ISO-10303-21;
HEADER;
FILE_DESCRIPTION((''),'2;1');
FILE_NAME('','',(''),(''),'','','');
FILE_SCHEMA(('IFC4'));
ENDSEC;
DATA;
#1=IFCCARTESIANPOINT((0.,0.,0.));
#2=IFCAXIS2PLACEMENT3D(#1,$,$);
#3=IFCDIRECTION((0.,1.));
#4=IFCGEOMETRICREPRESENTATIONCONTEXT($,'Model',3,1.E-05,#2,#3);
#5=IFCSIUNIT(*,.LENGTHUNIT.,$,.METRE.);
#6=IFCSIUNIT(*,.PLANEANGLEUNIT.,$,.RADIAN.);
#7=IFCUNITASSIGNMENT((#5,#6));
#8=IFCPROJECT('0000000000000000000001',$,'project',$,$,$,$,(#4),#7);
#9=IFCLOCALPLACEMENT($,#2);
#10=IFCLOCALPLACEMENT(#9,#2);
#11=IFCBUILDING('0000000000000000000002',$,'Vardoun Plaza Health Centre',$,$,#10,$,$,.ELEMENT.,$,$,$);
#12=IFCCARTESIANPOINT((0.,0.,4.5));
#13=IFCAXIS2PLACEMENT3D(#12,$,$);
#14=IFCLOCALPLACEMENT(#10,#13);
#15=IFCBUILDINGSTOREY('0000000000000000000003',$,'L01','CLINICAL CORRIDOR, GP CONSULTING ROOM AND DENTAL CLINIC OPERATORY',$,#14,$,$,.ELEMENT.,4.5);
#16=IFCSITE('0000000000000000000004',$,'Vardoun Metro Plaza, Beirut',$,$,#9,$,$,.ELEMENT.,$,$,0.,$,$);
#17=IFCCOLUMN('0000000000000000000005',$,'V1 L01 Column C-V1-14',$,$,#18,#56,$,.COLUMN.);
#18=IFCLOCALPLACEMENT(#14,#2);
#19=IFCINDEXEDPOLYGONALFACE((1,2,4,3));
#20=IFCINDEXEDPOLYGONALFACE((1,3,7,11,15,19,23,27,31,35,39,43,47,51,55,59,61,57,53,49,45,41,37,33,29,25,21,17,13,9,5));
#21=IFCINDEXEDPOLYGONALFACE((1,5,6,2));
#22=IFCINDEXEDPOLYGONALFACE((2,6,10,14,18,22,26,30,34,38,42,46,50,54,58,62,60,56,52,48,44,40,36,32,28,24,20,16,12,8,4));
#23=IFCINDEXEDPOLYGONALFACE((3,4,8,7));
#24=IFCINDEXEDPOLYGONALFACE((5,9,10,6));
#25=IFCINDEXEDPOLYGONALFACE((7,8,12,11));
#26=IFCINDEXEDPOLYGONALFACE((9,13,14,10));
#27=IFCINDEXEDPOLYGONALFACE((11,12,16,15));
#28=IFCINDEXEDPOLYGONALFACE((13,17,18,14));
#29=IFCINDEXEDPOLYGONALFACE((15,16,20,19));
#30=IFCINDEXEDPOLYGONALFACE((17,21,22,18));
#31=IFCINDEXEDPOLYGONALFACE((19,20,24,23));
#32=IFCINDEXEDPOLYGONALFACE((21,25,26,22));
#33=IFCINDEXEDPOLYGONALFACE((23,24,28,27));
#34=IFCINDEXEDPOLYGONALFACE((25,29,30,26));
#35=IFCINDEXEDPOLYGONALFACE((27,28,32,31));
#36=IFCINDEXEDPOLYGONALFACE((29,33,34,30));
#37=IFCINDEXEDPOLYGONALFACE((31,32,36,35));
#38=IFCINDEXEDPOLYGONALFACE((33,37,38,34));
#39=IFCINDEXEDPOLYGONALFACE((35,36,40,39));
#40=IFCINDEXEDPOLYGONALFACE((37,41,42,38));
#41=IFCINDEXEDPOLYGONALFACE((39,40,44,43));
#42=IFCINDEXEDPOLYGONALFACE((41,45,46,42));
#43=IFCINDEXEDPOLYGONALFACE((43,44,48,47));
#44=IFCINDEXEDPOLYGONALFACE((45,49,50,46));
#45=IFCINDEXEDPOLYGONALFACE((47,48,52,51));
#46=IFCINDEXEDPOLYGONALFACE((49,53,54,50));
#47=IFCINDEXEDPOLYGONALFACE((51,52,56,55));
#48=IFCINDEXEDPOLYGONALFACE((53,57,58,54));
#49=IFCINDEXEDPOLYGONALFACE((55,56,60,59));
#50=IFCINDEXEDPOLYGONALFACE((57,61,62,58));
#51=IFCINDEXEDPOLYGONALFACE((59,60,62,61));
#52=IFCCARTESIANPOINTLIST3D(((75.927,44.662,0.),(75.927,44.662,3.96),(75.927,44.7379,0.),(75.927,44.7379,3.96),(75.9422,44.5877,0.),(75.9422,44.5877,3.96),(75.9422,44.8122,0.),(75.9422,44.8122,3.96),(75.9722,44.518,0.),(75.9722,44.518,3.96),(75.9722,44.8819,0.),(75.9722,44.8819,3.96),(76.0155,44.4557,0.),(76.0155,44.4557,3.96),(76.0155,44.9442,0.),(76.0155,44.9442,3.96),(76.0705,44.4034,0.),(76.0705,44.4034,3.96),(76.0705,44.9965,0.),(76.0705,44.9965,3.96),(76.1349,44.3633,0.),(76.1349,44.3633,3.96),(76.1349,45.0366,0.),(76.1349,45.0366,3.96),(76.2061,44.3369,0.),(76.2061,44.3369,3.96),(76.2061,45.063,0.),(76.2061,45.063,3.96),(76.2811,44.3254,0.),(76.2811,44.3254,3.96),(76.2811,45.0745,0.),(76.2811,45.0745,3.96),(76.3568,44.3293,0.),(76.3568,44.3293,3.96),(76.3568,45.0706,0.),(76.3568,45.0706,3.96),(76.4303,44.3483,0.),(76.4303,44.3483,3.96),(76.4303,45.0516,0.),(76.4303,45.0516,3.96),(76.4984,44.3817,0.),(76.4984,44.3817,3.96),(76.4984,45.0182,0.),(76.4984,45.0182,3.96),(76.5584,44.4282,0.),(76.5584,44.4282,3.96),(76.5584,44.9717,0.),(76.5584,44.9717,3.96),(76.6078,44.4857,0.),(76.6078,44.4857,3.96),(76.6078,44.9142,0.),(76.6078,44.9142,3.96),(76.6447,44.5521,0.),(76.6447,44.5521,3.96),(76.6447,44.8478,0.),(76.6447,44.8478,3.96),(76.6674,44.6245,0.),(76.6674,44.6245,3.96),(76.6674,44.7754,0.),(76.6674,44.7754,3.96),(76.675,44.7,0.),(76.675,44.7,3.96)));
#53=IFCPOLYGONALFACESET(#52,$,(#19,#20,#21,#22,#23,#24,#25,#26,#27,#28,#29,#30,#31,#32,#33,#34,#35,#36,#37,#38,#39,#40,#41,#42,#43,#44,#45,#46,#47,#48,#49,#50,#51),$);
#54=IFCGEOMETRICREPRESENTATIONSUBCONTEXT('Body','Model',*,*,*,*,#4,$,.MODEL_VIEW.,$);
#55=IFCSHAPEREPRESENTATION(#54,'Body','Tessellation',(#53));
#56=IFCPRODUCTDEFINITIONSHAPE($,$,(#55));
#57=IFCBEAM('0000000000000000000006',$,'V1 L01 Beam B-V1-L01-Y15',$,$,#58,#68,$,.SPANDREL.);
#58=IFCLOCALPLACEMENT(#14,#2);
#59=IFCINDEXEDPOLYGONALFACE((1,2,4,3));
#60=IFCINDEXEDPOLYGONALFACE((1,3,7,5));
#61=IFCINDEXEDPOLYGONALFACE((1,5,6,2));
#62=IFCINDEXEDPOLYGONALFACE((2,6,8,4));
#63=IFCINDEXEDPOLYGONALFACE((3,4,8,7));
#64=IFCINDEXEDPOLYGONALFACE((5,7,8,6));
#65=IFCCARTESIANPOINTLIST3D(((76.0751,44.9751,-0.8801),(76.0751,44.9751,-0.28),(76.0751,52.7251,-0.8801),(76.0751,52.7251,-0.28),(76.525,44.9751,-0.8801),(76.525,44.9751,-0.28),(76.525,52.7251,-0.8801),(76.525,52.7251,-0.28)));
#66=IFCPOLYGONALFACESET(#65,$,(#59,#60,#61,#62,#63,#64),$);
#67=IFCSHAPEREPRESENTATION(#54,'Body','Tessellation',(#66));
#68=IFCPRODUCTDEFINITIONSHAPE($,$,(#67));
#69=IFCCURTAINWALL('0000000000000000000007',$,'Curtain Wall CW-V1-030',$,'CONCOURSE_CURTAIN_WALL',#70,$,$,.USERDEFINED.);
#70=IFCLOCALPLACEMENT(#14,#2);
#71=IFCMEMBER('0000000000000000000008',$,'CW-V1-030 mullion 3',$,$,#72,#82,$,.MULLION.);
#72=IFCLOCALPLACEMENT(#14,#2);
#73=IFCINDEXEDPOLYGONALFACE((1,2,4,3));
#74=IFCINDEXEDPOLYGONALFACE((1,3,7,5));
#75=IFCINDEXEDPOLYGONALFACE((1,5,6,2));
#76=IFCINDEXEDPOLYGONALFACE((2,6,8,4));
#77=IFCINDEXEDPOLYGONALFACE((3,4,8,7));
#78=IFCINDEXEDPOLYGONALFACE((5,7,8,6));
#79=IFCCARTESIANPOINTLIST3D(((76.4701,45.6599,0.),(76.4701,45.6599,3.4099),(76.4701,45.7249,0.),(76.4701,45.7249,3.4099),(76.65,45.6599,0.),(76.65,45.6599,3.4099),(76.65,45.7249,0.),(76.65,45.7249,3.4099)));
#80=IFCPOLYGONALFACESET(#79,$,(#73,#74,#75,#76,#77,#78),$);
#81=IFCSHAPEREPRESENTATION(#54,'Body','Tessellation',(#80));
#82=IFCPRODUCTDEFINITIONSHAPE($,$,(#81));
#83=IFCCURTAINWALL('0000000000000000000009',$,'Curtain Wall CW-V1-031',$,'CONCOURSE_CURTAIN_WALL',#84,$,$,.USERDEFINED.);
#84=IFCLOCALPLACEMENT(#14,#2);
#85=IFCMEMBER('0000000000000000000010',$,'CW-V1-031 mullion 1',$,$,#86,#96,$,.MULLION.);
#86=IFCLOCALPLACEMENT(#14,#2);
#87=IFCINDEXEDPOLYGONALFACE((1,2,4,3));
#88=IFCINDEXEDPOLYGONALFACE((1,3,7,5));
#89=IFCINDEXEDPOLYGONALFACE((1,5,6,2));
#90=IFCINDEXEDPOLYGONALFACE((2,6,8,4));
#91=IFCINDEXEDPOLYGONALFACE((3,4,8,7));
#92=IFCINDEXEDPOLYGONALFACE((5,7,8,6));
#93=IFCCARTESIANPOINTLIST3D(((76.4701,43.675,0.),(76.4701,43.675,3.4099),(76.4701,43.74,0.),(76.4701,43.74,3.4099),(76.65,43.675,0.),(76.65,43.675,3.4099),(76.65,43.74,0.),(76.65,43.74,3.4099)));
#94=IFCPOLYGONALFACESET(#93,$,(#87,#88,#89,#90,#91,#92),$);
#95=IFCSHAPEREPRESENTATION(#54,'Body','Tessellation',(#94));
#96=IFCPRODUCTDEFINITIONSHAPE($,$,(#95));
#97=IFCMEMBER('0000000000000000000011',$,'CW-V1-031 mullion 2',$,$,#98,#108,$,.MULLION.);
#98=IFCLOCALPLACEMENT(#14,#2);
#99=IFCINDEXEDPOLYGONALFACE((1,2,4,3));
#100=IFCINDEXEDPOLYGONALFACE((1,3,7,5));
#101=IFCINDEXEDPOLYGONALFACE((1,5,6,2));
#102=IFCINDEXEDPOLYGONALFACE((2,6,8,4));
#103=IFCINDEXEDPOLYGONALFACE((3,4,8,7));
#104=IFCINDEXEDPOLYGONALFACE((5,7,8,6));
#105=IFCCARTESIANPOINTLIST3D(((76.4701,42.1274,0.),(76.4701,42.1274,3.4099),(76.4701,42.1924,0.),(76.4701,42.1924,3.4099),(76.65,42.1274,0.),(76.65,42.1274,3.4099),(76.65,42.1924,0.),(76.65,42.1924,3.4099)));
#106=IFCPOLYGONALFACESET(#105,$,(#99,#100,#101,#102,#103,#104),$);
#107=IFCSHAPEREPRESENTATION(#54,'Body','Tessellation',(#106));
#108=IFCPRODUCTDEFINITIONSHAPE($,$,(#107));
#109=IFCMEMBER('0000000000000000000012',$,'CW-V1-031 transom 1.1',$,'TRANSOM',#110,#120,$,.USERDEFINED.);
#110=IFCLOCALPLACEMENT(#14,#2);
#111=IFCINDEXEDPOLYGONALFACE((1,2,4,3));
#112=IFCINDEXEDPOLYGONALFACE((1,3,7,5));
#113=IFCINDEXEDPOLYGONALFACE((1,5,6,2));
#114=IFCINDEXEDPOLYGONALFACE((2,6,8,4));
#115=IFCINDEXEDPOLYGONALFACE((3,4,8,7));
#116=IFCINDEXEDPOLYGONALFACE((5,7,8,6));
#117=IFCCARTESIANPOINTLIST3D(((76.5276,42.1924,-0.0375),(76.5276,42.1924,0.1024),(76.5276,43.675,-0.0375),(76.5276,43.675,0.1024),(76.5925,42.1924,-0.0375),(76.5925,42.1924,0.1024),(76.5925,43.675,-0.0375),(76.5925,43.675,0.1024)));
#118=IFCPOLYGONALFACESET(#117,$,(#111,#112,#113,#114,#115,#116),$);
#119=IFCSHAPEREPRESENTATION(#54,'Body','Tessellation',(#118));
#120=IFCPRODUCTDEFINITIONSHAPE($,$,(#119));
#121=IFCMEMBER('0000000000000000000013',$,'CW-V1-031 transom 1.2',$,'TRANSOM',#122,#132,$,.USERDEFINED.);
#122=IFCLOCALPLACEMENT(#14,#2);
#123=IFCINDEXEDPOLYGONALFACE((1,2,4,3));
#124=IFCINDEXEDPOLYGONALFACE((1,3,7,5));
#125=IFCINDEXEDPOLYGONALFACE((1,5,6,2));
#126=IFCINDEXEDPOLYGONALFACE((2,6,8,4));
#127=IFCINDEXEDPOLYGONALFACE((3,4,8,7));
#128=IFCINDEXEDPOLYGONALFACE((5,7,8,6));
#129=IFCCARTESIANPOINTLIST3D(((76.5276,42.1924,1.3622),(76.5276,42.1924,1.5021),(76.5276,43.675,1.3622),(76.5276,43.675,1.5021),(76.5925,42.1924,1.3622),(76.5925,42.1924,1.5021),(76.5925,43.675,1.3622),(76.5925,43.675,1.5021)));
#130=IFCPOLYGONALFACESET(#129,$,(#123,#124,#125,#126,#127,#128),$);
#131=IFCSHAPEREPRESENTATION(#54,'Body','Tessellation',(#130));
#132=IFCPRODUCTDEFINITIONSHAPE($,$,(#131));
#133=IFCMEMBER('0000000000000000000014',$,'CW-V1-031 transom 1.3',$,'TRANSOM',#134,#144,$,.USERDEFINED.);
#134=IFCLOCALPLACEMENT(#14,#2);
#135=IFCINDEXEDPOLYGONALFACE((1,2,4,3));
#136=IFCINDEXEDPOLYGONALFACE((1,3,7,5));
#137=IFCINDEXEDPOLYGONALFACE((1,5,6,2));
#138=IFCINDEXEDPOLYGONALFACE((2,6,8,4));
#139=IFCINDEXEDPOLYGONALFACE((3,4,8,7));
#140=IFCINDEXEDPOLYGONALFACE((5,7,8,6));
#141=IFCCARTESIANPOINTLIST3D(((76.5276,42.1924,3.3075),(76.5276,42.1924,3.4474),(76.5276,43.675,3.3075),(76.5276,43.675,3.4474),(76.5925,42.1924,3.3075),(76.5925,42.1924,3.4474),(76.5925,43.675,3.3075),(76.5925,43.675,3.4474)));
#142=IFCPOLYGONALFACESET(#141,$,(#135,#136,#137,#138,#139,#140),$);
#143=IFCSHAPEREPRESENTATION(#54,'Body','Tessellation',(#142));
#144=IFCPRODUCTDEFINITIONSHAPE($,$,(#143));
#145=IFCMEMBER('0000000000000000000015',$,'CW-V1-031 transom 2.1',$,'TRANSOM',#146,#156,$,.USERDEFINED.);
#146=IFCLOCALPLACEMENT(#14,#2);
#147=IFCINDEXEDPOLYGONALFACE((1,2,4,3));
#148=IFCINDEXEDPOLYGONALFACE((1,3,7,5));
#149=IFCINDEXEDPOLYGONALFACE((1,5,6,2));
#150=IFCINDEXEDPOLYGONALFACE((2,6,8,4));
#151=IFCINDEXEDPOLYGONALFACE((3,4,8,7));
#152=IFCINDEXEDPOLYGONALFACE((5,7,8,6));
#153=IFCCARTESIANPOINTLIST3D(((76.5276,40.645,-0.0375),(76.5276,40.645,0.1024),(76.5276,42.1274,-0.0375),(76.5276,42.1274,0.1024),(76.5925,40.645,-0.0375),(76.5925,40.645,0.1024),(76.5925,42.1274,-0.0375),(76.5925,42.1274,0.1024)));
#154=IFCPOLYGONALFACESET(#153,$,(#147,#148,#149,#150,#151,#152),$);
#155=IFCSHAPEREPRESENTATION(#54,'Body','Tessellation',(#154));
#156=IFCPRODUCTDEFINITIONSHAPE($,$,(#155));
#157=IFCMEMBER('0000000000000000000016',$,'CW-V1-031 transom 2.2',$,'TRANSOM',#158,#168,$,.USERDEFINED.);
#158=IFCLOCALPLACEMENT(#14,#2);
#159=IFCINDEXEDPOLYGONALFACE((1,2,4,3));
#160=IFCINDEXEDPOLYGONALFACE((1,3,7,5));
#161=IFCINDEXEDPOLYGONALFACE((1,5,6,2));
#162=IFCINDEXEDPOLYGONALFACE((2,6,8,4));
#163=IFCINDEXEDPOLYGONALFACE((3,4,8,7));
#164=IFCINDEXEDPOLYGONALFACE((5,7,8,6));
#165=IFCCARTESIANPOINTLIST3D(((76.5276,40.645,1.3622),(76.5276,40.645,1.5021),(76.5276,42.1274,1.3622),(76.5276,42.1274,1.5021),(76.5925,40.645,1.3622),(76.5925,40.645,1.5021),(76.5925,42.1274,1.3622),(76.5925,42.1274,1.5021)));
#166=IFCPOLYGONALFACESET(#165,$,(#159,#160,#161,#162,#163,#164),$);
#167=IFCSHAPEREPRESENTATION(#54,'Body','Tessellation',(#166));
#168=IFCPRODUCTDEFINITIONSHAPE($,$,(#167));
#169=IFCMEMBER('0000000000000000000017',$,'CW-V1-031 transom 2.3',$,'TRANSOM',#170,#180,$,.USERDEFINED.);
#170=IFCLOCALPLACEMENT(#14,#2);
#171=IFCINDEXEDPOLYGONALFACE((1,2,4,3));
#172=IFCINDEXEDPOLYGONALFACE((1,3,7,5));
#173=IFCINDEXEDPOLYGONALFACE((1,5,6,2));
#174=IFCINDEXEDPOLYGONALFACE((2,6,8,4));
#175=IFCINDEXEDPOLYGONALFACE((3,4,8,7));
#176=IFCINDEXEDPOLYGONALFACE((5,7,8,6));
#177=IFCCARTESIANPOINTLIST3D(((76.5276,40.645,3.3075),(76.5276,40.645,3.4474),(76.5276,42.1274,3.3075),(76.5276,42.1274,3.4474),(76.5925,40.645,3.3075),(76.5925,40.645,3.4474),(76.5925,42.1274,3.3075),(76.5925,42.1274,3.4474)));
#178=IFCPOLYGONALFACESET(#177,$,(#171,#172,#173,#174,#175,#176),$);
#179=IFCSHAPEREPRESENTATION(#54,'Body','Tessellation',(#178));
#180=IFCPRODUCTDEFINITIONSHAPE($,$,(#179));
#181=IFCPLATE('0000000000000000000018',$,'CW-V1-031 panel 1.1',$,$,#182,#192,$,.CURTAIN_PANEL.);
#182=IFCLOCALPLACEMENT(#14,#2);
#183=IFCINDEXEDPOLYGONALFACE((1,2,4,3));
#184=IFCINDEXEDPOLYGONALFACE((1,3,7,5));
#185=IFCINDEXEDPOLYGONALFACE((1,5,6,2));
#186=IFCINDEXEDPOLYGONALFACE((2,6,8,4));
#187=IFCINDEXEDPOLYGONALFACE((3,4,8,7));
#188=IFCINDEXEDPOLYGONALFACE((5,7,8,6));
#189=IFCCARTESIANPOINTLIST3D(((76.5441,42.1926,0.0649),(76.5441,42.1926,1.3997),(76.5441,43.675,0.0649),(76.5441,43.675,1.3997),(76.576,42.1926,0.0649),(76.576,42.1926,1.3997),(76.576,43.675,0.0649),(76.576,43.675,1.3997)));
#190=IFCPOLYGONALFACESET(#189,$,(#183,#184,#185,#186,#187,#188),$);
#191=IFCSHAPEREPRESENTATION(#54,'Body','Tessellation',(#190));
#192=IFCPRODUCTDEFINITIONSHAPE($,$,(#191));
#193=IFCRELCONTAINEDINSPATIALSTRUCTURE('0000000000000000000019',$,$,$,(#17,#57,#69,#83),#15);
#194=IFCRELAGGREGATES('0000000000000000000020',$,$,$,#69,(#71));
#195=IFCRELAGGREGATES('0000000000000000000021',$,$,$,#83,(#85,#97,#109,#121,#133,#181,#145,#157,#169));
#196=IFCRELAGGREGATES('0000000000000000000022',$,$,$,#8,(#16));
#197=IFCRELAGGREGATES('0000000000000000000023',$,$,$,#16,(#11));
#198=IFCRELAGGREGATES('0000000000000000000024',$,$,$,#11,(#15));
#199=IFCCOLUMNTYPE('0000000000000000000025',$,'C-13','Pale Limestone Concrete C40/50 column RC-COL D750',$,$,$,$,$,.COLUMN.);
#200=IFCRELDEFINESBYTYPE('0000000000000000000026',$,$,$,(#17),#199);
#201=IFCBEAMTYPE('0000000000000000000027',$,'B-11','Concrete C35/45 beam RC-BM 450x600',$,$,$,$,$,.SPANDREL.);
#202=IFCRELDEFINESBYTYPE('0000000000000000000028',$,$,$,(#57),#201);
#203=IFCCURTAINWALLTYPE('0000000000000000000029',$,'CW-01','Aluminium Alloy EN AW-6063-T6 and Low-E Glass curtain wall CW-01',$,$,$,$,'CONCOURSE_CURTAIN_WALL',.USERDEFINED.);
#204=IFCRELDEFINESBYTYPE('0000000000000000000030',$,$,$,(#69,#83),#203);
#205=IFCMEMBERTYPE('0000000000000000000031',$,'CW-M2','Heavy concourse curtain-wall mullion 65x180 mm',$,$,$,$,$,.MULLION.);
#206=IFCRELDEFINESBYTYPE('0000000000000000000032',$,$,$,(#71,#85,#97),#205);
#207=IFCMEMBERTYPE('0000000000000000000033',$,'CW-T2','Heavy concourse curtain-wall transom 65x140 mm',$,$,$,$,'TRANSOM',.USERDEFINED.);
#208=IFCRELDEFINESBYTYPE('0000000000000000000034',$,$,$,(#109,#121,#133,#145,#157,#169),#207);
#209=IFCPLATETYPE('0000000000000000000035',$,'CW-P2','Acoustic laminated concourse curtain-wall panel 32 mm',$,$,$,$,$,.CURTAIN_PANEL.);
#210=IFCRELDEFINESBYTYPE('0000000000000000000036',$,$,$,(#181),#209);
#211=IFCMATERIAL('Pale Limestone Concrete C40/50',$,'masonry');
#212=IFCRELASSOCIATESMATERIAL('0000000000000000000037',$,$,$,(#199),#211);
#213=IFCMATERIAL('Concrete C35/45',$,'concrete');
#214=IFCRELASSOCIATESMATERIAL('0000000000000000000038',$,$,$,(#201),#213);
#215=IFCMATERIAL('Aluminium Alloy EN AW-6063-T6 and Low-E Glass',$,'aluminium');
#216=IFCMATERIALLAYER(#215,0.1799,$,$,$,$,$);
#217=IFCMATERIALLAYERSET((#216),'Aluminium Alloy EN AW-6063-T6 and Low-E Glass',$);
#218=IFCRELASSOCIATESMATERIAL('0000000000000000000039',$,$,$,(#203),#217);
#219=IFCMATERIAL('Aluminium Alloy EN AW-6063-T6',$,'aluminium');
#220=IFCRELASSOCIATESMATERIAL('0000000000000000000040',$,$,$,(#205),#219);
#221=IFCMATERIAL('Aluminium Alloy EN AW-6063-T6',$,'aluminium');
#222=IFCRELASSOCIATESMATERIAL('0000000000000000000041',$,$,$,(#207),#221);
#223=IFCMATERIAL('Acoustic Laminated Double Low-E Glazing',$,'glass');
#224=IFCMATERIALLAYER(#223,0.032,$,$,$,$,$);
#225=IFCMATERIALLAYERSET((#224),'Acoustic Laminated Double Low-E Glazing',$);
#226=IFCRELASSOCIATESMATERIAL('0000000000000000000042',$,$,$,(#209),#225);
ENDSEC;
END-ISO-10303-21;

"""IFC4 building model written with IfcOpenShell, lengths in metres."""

from ifc_helpers import new_model, si_unit, direction, frame, origin, origin_2d, place, context, subcontext, project, spatial, rectangle, circle, extrude, material, layer, layer_set, material_profile, profile_set, type_object, element, aggregate, save


model = new_model("IFC4")

# Units and contexts
model_context = context("Model", 3, precision=1e-05, world=origin(), true_north=direction((0.0, 1.0)))
body_context = subcontext(model_context, "Body", "Model", "MODEL_VIEW")
ifc_project = project(units=[si_unit("LENGTHUNIT", "METRE"), si_unit("PLANEANGLEUNIT", "RADIAN")], contexts=[model_context])

# Site, building, storey
site_placement = place(None, origin())
site = spatial("IfcSite", under=ifc_project, at=site_placement, Name="Vardoun Metro Plaza, Beirut", CompositionType="ELEMENT", RefElevation=0.0)
building_placement = place(site_placement, origin())
building = spatial("IfcBuilding", under=site, at=building_placement, Name="Vardoun Plaza Health Centre", CompositionType="ELEMENT")
storey_placement = place(building_placement, frame((0.0, 0.0, 4.5)))
storey = spatial("IfcBuildingStorey", under=building, at=storey_placement, Name="L01", Description="CLINICAL CORRIDOR, GP CONSULTING ROOM AND DENTAL CLINIC OPERATORY", CompositionType="ELEMENT", Elevation=4.5)

# Column
ifc_material_1 = material(Name="Pale Limestone Concrete C40/50", Category="masonry")
ifc_material_profile_1 = material_profile(ifc_material_1, circle(Radius=0.375, at=origin_2d()), Name="RC-COL D750")
ifc_profile_set_1 = profile_set([ifc_material_profile_1], Name="Pale Limestone Concrete C40/50")
column_type = type_object("IfcColumnType", Name="C-13", Description="Pale Limestone Concrete C40/50 column RC-COL D750", PredefinedType="COLUMN", material=ifc_profile_set_1)
column_placement = place(storey_placement, frame((76.3, 44.7, 0.0), z_axis=(0.0, 0.0, 1.0), x_axis=(1.0, 0.0, 0.0)))
element("IfcColumn", 1, at=column_placement, inside=storey, type_object=column_type, Name="V1 L01 Column C-V1-14", PredefinedType="COLUMN", context=body_context, shape_type="SweptSolid", body=[
    extrude(circle(Radius=0.375, at=origin_2d()), origin(), (0.0, 0.0, 1.0), 3.96),
])

# Beam
ifc_material_2 = material(Name="Concrete C35/45", Category="concrete")
ifc_material_profile_2 = material_profile(ifc_material_2, rectangle(XDim=0.45, YDim=0.6001, at=origin_2d()), Name="RC-BM 450x600")
ifc_profile_set_2 = profile_set([ifc_material_profile_2], Name="Concrete C35/45")
beam_type = type_object("IfcBeamType", Name="B-11", Description="Concrete C35/45 beam RC-BM 450x600", PredefinedType="SPANDREL", material=ifc_profile_set_2)
beam_placement = place(storey_placement, frame((76.3, 44.9751, -0.5801), z_axis=(0.0, 1.0, 0.0), x_axis=(-1.0, 0.0, 0.0)))
element("IfcBeam", 2, at=beam_placement, inside=storey, type_object=beam_type, Name="V1 L01 Beam B-V1-L01-Y15", PredefinedType="SPANDREL", context=body_context, shape_type="SweptSolid", body=[
    extrude(rectangle(XDim=0.45, YDim=0.6001, at=origin_2d()), origin(), (0.0, 0.0, 1.0), 7.75),
])

# Curtain wall, member
ifc_material_3 = material(Name="Aluminium Alloy EN AW-6063-T6 and Low-E Glass", Category="aluminium")
ifc_layer_1 = layer(ifc_material_3, 0.1799)
ifc_layer_set_1 = layer_set([ifc_layer_1], Name="Aluminium Alloy EN AW-6063-T6 and Low-E Glass")
curtain_wall_type = type_object("IfcCurtainWallType", Name="CW-01", Description="Aluminium Alloy EN AW-6063-T6 and Low-E Glass curtain wall CW-01", ElementType="CONCOURSE_CURTAIN_WALL", PredefinedType="USERDEFINED", material=ifc_layer_set_1)
curtain_wall_1_placement = place(storey_placement, origin())
curtain_wall_1 = element("IfcCurtainWall", 3, at=curtain_wall_1_placement, inside=storey, type_object=curtain_wall_type, Name="Curtain Wall CW-V1-030", ObjectType="CONCOURSE_CURTAIN_WALL", PredefinedType="USERDEFINED")
ifc_material_4 = material(Name="Aluminium Alloy EN AW-6063-T6", Category="aluminium")
ifc_material_profile_3 = material_profile(ifc_material_4, rectangle(XDim=0.1799, YDim=0.0649, at=origin_2d()), Name="CWM 65x180")
ifc_profile_set_3 = profile_set([ifc_material_profile_3], Name="Aluminium Alloy EN AW-6063-T6")
member_type_1 = type_object("IfcMemberType", Name="CW-M2", Description="Heavy concourse curtain-wall mullion 65x180 mm", PredefinedType="MULLION", material=ifc_profile_set_3)
member_1_placement = place(storey_placement, frame((76.5601, 45.6924, 0.0), z_axis=(0.0, 0.0, 1.0), x_axis=(1.0, 0.0, 0.0)))
member_1 = element("IfcMember", 4, at=member_1_placement, type_object=member_type_1, Name="CW-V1-030 mullion 3", PredefinedType="MULLION", context=body_context, shape_type="SweptSolid", body=[
    extrude(rectangle(XDim=0.1799, YDim=0.0649, at=origin_2d()), origin(), (0.0, 0.0, 1.0), 3.4099),
])
aggregate(curtain_wall_1, [member_1])

# Curtain wall, members, plate
curtain_wall_2_placement = place(storey_placement, origin())
curtain_wall_2 = element("IfcCurtainWall", 5, at=curtain_wall_2_placement, inside=storey, type_object=curtain_wall_type, Name="Curtain Wall CW-V1-031", ObjectType="CONCOURSE_CURTAIN_WALL", PredefinedType="USERDEFINED")
member_2_placement = place(storey_placement, frame((76.5601, 43.7075, 0.0), z_axis=(0.0, 0.0, 1.0), x_axis=(1.0, 0.0, 0.0)))
member_2 = element("IfcMember", 6, at=member_2_placement, type_object=member_type_1, Name="CW-V1-031 mullion 1", PredefinedType="MULLION", context=body_context, shape_type="SweptSolid", body=[
    extrude(rectangle(XDim=0.1799, YDim=0.0649, at=origin_2d()), origin(), (0.0, 0.0, 1.0), 3.4099),
])
member_3_placement = place(storey_placement, frame((76.5601, 42.1599, 0.0), z_axis=(0.0, 0.0, 1.0), x_axis=(1.0, 0.0, 0.0)))
member_3 = element("IfcMember", 7, at=member_3_placement, type_object=member_type_1, Name="CW-V1-031 mullion 2", PredefinedType="MULLION", context=body_context, shape_type="SweptSolid", body=[
    extrude(rectangle(XDim=0.1799, YDim=0.0649, at=origin_2d()), origin(), (0.0, 0.0, 1.0), 3.4099),
])
ifc_material_5 = material(Name="Aluminium Alloy EN AW-6063-T6", Category="aluminium")
ifc_material_profile_4 = material_profile(ifc_material_5, rectangle(XDim=0.0649, YDim=0.1399, at=origin_2d()), Name="CWT 65x140")
ifc_profile_set_4 = profile_set([ifc_material_profile_4], Name="Aluminium Alloy EN AW-6063-T6")
member_type_2 = type_object("IfcMemberType", Name="CW-T2", Description="Heavy concourse curtain-wall transom 65x140 mm", ElementType="TRANSOM", PredefinedType="USERDEFINED", material=ifc_profile_set_4)
member_4_placement = place(storey_placement, frame((76.5601, 43.675, 0.0325), z_axis=(0.0, -1.0, 0.0), x_axis=(1.0, 0.0, 0.0)))
member_4 = element("IfcMember", 8, at=member_4_placement, type_object=member_type_2, Name="CW-V1-031 transom 1.1", ObjectType="TRANSOM", PredefinedType="USERDEFINED", context=body_context, shape_type="SweptSolid", body=[
    extrude(rectangle(XDim=0.0649, YDim=0.1399, at=origin_2d()), origin(), (0.0, 0.0, 1.0), 1.4827),
])
member_5_placement = place(storey_placement, frame((76.5601, 43.675, 1.4321), z_axis=(0.0, -1.0, 0.0), x_axis=(1.0, 0.0, 0.0)))
member_5 = element("IfcMember", 9, at=member_5_placement, type_object=member_type_2, Name="CW-V1-031 transom 1.2", ObjectType="TRANSOM", PredefinedType="USERDEFINED", context=body_context, shape_type="SweptSolid", body=[
    extrude(rectangle(XDim=0.0649, YDim=0.1399, at=origin_2d()), origin(), (0.0, 0.0, 1.0), 1.4827),
])
member_6_placement = place(storey_placement, frame((76.5601, 43.675, 3.3774), z_axis=(0.0, -1.0, 0.0), x_axis=(1.0, 0.0, 0.0)))
member_6 = element("IfcMember", 10, at=member_6_placement, type_object=member_type_2, Name="CW-V1-031 transom 1.3", ObjectType="TRANSOM", PredefinedType="USERDEFINED", context=body_context, shape_type="SweptSolid", body=[
    extrude(rectangle(XDim=0.0649, YDim=0.1399, at=origin_2d()), origin(), (0.0, 0.0, 1.0), 1.4827),
])
member_7_placement = place(storey_placement, frame((76.5601, 42.1274, 0.0325), z_axis=(0.0, -1.0, 0.0), x_axis=(1.0, 0.0, 0.0)))
member_7 = element("IfcMember", 11, at=member_7_placement, type_object=member_type_2, Name="CW-V1-031 transom 2.1", ObjectType="TRANSOM", PredefinedType="USERDEFINED", context=body_context, shape_type="SweptSolid", body=[
    extrude(rectangle(XDim=0.0649, YDim=0.1399, at=origin_2d()), origin(), (0.0, 0.0, 1.0), 1.4824),
])
member_8_placement = place(storey_placement, frame((76.5601, 42.1274, 1.4321), z_axis=(0.0, -1.0, 0.0), x_axis=(1.0, 0.0, 0.0)))
member_8 = element("IfcMember", 12, at=member_8_placement, type_object=member_type_2, Name="CW-V1-031 transom 2.2", ObjectType="TRANSOM", PredefinedType="USERDEFINED", context=body_context, shape_type="SweptSolid", body=[
    extrude(rectangle(XDim=0.0649, YDim=0.1399, at=origin_2d()), origin(), (0.0, 0.0, 1.0), 1.4824),
])
member_9_placement = place(storey_placement, frame((76.5601, 42.1274, 3.3774), z_axis=(0.0, -1.0, 0.0), x_axis=(1.0, 0.0, 0.0)))
member_9 = element("IfcMember", 13, at=member_9_placement, type_object=member_type_2, Name="CW-V1-031 transom 2.3", ObjectType="TRANSOM", PredefinedType="USERDEFINED", context=body_context, shape_type="SweptSolid", body=[
    extrude(rectangle(XDim=0.0649, YDim=0.1399, at=origin_2d()), origin(), (0.0, 0.0, 1.0), 1.4824),
])
ifc_material_6 = material(Name="Acoustic Laminated Double Low-E Glazing", Category="glass")
ifc_layer_2 = layer(ifc_material_6, 0.032)
ifc_layer_set_2 = layer_set([ifc_layer_2], Name="Acoustic Laminated Double Low-E Glazing")
plate_type_1 = type_object("IfcPlateType", Name="CW-P2", Description="Acoustic laminated concourse curtain-wall panel 32 mm", PredefinedType="CURTAIN_PANEL", material=ifc_layer_set_2)
plate_1_placement = place(storey_placement, frame((76.5601, 42.9338, 0.0649), z_axis=(0.0, 0.0, 1.0), x_axis=(0.0, -1.0, 0.0)))
plate_1 = element("IfcPlate", 14, at=plate_1_placement, type_object=plate_type_1, Name="CW-V1-031 panel 1.1", PredefinedType="CURTAIN_PANEL", context=body_context, shape_type="SweptSolid", body=[
    extrude(rectangle(XDim=1.4824, YDim=0.032, at=origin_2d()), origin(), (0.0, 0.0, 1.0), 1.3347),
])
aggregate(curtain_wall_2, [member_2, member_3, member_4, member_5, member_6, plate_1, member_7, member_8, member_9])

save(model, "model.ifc")
